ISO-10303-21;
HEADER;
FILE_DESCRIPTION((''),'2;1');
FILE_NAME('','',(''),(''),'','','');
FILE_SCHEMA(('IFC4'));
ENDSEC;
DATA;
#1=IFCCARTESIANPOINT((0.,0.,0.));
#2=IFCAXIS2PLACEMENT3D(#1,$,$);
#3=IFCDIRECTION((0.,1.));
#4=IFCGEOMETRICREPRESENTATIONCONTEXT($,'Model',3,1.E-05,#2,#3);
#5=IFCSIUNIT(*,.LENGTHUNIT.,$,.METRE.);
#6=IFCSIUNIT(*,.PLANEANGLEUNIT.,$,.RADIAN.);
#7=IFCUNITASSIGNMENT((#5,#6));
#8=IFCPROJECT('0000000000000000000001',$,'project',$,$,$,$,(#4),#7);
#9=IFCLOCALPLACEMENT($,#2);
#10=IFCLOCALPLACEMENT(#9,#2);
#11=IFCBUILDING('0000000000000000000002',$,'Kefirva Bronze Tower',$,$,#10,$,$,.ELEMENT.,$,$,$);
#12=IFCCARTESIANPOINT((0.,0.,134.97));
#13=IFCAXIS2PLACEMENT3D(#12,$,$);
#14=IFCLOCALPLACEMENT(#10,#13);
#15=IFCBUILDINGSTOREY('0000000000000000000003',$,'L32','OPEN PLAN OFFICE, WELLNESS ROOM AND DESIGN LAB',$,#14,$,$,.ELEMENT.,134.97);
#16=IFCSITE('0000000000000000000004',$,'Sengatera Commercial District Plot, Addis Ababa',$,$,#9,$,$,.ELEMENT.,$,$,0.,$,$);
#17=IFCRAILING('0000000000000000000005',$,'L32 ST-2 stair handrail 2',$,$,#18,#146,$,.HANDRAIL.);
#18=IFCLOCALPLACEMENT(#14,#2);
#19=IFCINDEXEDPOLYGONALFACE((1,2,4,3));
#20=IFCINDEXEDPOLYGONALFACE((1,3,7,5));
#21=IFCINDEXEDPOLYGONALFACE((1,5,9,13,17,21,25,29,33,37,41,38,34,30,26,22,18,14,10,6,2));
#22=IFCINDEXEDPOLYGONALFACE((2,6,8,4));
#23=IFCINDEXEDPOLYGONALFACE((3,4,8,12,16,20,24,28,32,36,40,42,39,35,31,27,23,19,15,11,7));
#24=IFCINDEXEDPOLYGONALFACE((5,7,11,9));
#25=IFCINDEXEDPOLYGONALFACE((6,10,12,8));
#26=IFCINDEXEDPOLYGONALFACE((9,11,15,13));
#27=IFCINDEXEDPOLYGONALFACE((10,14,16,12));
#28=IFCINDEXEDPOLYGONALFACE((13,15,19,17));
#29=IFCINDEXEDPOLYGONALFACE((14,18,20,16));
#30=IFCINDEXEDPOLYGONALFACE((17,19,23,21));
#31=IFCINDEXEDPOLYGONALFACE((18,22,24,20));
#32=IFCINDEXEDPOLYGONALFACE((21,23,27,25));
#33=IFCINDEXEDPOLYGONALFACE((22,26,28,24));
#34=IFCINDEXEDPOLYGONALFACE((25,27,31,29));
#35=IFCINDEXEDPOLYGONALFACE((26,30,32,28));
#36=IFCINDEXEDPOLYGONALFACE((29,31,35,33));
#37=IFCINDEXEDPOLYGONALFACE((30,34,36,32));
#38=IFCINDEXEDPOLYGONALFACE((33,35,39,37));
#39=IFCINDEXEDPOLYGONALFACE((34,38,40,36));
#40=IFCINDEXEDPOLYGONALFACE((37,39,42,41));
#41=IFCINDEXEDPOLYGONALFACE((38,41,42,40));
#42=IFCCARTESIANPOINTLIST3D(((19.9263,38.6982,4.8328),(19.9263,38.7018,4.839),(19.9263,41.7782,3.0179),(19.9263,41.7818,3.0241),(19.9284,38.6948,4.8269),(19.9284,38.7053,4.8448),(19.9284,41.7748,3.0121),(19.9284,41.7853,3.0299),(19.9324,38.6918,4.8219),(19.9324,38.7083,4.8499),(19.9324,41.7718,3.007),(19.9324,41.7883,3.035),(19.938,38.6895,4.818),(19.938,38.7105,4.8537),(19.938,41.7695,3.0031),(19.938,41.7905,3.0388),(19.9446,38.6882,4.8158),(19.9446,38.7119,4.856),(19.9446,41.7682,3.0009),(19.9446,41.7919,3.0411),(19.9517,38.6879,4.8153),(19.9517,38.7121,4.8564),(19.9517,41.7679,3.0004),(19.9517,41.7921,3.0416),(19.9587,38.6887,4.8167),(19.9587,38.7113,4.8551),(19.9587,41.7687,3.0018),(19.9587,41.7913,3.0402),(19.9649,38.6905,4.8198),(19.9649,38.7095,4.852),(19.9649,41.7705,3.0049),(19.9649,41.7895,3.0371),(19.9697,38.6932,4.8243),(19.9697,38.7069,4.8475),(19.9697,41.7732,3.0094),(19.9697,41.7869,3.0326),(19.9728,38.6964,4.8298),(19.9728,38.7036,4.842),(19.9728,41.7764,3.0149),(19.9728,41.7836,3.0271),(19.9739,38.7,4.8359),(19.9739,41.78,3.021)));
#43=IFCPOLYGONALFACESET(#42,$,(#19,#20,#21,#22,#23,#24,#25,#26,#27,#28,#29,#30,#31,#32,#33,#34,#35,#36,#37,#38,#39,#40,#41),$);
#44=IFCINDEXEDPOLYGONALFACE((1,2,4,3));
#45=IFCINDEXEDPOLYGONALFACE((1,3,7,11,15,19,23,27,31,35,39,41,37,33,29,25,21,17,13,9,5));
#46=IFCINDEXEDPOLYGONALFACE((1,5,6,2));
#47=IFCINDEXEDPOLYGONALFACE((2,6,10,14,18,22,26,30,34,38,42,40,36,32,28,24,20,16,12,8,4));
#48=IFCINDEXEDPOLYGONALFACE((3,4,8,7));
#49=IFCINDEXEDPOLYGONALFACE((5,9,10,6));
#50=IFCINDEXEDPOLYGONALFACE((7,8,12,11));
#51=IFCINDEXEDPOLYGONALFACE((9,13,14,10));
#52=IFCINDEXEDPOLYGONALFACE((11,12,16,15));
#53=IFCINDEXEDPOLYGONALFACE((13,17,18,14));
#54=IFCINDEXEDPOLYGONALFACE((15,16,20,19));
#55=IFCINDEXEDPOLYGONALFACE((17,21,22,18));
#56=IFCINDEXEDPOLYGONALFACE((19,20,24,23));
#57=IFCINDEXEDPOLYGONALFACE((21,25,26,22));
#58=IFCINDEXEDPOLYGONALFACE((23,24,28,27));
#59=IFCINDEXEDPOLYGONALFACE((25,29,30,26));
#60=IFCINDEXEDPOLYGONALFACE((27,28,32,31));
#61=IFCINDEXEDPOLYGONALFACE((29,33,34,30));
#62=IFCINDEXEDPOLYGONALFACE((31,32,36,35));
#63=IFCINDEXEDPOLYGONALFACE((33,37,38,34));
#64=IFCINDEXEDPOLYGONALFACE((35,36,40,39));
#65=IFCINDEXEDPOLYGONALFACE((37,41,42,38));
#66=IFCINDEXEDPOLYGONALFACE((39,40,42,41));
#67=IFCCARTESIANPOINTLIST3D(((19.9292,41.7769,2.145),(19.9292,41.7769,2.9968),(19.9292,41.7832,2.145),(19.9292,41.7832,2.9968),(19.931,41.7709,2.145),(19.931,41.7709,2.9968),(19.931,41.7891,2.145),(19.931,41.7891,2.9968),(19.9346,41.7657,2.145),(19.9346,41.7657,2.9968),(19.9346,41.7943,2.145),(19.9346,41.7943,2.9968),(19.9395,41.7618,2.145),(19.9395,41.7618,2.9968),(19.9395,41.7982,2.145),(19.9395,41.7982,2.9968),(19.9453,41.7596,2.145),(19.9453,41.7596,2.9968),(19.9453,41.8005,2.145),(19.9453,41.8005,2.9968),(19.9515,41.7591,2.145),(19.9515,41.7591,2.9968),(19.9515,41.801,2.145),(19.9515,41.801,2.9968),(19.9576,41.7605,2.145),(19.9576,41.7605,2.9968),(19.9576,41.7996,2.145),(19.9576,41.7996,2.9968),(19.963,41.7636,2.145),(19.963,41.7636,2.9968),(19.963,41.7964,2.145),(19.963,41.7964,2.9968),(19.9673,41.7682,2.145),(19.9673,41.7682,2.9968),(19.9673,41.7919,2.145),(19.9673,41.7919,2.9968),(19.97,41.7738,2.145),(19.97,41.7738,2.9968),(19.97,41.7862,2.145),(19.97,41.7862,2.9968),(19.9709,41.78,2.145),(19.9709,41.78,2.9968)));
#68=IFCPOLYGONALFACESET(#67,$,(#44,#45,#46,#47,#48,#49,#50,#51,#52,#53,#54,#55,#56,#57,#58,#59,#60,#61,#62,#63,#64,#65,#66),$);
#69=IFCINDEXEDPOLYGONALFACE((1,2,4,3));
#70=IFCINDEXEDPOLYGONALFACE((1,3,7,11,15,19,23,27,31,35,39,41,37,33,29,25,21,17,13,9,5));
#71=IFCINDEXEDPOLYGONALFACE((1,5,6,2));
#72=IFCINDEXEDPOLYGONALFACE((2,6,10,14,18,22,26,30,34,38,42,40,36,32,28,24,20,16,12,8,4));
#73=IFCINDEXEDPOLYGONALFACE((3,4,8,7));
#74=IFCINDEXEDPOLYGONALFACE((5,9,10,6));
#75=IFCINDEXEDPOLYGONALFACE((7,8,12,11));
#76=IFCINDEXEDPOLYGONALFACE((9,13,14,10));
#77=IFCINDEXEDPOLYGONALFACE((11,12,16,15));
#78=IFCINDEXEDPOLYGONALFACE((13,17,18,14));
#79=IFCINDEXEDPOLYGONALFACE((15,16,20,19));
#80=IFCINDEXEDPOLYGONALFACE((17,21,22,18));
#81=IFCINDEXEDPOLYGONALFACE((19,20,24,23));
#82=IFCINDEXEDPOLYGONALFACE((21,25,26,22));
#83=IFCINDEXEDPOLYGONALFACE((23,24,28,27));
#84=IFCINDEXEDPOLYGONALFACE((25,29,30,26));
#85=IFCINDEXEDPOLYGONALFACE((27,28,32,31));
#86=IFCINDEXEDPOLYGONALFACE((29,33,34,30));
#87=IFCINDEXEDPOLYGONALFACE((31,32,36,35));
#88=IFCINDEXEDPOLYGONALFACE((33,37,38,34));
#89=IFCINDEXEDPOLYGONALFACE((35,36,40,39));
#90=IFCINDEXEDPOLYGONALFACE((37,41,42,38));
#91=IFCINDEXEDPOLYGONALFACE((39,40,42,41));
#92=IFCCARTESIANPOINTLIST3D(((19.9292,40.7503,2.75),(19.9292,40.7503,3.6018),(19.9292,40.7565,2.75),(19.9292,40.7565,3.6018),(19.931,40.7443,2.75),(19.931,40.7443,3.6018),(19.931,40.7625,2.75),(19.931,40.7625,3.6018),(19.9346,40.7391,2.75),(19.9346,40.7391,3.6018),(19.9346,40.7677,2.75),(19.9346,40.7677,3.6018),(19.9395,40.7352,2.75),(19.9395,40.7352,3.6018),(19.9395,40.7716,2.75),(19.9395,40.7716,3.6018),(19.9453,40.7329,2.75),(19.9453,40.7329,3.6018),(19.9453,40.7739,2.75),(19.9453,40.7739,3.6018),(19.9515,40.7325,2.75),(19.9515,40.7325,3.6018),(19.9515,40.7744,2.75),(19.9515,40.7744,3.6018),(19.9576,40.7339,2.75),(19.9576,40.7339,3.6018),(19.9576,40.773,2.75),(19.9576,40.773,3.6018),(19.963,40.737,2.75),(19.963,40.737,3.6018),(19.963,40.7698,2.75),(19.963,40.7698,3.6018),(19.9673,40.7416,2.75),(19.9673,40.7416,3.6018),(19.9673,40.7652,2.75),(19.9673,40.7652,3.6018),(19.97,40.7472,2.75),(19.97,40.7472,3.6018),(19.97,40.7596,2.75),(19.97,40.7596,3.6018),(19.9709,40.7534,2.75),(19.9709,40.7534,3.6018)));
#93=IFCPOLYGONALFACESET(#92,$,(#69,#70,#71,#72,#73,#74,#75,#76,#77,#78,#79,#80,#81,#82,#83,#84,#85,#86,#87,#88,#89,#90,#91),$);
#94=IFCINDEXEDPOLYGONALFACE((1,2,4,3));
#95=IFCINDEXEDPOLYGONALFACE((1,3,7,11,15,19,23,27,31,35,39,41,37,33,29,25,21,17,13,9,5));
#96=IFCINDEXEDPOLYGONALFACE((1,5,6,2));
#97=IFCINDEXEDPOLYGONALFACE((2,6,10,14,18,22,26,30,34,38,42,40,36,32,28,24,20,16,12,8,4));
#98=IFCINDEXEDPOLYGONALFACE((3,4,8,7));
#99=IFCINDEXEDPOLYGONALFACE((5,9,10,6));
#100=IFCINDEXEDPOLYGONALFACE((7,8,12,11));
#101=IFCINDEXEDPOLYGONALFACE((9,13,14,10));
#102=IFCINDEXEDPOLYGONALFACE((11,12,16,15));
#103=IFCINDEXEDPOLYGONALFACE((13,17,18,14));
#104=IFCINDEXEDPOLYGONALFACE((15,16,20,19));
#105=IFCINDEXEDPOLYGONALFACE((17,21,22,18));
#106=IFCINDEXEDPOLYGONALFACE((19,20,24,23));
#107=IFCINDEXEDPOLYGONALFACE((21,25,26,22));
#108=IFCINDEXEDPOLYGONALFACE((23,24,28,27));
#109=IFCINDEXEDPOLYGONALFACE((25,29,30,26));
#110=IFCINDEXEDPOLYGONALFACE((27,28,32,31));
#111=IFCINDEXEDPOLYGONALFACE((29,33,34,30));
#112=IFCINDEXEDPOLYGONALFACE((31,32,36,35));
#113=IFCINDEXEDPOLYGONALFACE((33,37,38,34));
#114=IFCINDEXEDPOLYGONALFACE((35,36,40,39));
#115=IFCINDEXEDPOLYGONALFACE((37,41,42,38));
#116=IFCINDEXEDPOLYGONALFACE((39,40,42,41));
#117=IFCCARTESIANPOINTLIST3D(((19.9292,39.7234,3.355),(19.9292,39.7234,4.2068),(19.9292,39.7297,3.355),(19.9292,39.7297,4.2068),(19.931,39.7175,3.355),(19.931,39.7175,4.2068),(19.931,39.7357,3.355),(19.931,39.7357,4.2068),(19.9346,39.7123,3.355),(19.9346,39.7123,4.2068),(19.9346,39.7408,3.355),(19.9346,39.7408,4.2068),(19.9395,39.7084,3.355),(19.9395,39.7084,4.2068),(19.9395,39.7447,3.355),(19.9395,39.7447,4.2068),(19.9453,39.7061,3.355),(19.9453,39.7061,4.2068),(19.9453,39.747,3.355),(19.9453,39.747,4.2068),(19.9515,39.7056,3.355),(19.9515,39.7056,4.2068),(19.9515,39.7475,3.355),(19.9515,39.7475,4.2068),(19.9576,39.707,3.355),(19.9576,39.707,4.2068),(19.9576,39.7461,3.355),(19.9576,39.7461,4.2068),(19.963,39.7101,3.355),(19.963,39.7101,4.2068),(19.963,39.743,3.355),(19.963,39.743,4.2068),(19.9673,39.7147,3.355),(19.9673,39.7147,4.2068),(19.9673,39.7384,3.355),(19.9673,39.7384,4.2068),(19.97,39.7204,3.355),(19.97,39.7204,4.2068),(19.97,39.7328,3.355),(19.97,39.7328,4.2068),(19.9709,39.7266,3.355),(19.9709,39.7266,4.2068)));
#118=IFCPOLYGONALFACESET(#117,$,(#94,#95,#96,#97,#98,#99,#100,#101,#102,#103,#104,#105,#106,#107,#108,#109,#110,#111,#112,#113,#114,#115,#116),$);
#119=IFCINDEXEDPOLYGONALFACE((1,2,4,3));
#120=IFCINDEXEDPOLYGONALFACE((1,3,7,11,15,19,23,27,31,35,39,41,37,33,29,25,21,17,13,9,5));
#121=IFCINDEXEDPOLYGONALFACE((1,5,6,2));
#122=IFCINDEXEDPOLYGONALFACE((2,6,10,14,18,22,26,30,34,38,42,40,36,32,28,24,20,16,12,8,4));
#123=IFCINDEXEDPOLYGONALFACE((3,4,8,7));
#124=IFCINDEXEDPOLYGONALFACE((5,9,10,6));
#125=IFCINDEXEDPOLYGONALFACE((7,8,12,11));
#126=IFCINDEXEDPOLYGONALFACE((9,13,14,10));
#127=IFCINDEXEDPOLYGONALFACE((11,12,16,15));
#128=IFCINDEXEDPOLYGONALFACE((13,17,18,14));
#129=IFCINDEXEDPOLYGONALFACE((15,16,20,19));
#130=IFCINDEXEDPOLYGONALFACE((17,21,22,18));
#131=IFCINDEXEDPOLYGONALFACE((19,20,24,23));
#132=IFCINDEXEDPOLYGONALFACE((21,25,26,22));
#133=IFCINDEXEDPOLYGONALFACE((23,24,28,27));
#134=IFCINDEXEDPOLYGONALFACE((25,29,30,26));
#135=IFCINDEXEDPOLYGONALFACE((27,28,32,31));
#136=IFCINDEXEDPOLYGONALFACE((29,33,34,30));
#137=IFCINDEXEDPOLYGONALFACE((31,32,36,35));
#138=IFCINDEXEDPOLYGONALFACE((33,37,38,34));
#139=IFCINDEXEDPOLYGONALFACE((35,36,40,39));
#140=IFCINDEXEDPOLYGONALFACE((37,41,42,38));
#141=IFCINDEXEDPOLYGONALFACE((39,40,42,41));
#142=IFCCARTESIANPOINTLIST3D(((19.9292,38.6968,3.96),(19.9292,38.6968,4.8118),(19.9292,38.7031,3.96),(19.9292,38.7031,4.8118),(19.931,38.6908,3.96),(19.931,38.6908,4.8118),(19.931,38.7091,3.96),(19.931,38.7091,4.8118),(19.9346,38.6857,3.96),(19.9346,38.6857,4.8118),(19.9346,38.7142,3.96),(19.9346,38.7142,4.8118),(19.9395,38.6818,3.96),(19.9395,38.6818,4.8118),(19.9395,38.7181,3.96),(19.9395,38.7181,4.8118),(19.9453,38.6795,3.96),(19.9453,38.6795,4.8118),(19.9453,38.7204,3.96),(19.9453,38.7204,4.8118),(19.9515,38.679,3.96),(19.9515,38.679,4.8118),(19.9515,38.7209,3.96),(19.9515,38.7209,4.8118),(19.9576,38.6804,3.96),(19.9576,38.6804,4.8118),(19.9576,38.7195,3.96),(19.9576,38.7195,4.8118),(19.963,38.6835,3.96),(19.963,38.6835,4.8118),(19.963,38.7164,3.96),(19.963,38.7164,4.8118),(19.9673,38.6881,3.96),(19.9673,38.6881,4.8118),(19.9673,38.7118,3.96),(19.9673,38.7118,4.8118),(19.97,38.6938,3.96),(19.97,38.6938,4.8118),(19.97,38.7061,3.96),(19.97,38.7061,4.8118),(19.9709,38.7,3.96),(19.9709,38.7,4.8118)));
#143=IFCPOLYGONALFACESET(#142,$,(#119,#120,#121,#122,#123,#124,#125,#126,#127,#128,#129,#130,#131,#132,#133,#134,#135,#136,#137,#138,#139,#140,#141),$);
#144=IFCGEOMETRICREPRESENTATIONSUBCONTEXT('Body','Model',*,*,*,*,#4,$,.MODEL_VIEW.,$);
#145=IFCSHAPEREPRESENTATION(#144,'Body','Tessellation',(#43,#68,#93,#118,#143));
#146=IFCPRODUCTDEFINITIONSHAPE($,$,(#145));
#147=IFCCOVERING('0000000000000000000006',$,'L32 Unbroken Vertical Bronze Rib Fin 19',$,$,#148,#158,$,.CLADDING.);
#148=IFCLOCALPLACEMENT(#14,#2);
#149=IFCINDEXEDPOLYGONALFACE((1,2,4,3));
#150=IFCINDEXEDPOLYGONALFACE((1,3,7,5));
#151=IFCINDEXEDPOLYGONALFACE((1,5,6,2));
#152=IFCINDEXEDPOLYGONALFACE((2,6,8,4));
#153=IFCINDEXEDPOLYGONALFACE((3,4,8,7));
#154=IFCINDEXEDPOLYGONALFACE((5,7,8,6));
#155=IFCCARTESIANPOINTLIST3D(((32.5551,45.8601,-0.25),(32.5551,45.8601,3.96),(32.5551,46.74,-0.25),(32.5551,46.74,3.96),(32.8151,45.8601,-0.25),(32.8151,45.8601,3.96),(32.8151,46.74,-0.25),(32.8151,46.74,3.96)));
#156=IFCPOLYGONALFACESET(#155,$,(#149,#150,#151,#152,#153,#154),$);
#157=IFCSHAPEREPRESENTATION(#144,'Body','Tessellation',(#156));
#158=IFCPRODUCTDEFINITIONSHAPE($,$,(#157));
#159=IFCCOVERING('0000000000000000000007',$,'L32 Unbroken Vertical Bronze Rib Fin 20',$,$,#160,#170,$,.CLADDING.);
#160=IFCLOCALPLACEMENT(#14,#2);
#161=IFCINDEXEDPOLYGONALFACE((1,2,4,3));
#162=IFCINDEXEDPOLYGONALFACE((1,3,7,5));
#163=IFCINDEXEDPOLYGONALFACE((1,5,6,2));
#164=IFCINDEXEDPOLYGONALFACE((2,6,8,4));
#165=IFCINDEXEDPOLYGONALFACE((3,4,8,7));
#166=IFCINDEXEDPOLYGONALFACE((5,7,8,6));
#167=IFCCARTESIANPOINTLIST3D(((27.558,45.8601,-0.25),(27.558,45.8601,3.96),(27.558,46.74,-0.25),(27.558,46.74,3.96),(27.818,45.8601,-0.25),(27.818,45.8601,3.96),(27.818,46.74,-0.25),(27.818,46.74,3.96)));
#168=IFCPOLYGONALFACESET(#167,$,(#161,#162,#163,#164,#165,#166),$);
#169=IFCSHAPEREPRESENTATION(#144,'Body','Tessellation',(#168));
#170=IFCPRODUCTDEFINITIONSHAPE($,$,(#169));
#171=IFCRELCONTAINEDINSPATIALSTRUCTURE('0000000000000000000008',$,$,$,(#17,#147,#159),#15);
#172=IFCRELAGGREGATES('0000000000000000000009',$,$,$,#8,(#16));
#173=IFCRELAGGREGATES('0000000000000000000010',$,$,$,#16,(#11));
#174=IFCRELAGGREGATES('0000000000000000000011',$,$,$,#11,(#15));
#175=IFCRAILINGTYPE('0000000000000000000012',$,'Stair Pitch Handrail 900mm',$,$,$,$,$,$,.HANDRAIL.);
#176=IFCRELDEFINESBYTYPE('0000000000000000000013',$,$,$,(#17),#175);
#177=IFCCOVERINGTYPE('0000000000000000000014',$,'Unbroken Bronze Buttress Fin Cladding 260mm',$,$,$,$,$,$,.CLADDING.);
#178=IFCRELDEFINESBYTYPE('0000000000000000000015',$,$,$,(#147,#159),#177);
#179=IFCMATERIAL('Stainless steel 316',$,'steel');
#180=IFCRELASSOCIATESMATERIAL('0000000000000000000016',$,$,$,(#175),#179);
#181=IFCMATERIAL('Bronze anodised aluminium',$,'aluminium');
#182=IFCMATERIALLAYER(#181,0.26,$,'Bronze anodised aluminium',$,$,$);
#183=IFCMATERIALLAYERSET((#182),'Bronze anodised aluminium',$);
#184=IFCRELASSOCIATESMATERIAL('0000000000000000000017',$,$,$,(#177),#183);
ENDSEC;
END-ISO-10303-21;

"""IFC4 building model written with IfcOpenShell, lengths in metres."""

from ifc_helpers import new_model, si_unit, direction, frame, origin, origin_2d, place, context, subcontext, project, spatial, rectangle, circle, extrude, material, layer, layer_set, type_object, element, save


model = new_model("IFC4")

# Units and contexts
model_context = context("Model", 3, precision=1e-05, world=origin(), true_north=direction((0.0, 1.0)))
body_context = subcontext(model_context, "Body", "Model", "MODEL_VIEW")
ifc_project = project(units=[si_unit("LENGTHUNIT", "METRE"), si_unit("PLANEANGLEUNIT", "RADIAN")], contexts=[model_context])

# Site, building, storey
site_placement = place(None, origin())
site = spatial("IfcSite", under=ifc_project, at=site_placement, Name="Sengatera Commercial District Plot, Addis Ababa", CompositionType="ELEMENT", RefElevation=0.0)
building_placement = place(site_placement, origin())
building = spatial("IfcBuilding", under=site, at=building_placement, Name="Kefirva Bronze Tower", CompositionType="ELEMENT")
storey_placement = place(building_placement, frame((0.0, 0.0, 134.97)))
storey = spatial("IfcBuildingStorey", under=building, at=storey_placement, Name="L32", Description="OPEN PLAN OFFICE, WELLNESS ROOM AND DESIGN LAB", CompositionType="ELEMENT", Elevation=134.97)

# Shared definitions
ifc_material_1 = material(Name="Bronze anodised aluminium", Category="aluminium")

# Railing
ifc_material_2 = material(Name="Stainless steel 316", Category="steel")
railing_type_1 = type_object("IfcRailingType", Name="Stair Pitch Handrail 900mm", PredefinedType="HANDRAIL", material=ifc_material_2)
railing_1_placement = place(storey_placement, frame((19.95, 41.78, 2.145)))
element("IfcRailing", 1, at=railing_1_placement, inside=storey, type_object=railing_type_1, Name="L32 ST-2 stair handrail 2", PredefinedType="HANDRAIL", context=body_context, shape_type="SweptSolid", body=[
    extrude(circle(Radius=0.0239, at=origin_2d()), frame((0.0, 0.0, 0.876), z_axis=(0.0, -0.861551, 0.507671), x_axis=(1.0, 0.0, 0.0)), (0.0, 0.0, 1.0), 3.575),
    extrude(circle(Radius=0.021, at=origin_2d()), origin(), (0.0, 0.0, 1.0), 0.8518),
    extrude(circle(Radius=0.021, at=origin_2d()), frame((0.0, -1.0266, 0.605)), (0.0, 0.0, 1.0), 0.8518),
    extrude(circle(Radius=0.021, at=origin_2d()), frame((0.0, -2.0535, 1.21)), (0.0, 0.0, 1.0), 0.8518),
    extrude(circle(Radius=0.021, at=origin_2d()), frame((0.0, -3.0801, 1.8149)), (0.0, 0.0, 1.0), 0.8518),
])

# Coverings
ifc_layer_1 = layer(ifc_material_1, 0.26, Name="Bronze anodised aluminium")
ifc_layer_set_1 = layer_set([ifc_layer_1], Name="Bronze anodised aluminium")
covering_type_1 = type_object("IfcCoveringType", Name="Unbroken Bronze Buttress Fin Cladding 260mm", PredefinedType="CLADDING", material=ifc_layer_set_1)
for number, where, z_axis, x_axis, name in (
    (2, (32.6851, 46.3, -0.25), (0.0, 0.0, 1.0), (-1.0, 0.0, 0.0), "L32 Unbroken Vertical Bronze Rib Fin 19"),
    (3, (27.688, 46.3, -0.25), (0.0, 0.0, 1.0), (-1.0, 0.0, 0.0), "L32 Unbroken Vertical Bronze Rib Fin 20"),
):
    element("IfcCovering", number, at=place(storey_placement, frame(where, z_axis=z_axis, x_axis=x_axis)), inside=storey, type_object=covering_type_1, Name=name, PredefinedType="CLADDING", context=body_context, shape_type="SweptSolid", body=[
        extrude(rectangle(XDim=0.26, YDim=0.8799, at=origin_2d()), origin(), (0.0, 0.0, 1.0), 4.21),
    ])

save(model, "model.ifc")
